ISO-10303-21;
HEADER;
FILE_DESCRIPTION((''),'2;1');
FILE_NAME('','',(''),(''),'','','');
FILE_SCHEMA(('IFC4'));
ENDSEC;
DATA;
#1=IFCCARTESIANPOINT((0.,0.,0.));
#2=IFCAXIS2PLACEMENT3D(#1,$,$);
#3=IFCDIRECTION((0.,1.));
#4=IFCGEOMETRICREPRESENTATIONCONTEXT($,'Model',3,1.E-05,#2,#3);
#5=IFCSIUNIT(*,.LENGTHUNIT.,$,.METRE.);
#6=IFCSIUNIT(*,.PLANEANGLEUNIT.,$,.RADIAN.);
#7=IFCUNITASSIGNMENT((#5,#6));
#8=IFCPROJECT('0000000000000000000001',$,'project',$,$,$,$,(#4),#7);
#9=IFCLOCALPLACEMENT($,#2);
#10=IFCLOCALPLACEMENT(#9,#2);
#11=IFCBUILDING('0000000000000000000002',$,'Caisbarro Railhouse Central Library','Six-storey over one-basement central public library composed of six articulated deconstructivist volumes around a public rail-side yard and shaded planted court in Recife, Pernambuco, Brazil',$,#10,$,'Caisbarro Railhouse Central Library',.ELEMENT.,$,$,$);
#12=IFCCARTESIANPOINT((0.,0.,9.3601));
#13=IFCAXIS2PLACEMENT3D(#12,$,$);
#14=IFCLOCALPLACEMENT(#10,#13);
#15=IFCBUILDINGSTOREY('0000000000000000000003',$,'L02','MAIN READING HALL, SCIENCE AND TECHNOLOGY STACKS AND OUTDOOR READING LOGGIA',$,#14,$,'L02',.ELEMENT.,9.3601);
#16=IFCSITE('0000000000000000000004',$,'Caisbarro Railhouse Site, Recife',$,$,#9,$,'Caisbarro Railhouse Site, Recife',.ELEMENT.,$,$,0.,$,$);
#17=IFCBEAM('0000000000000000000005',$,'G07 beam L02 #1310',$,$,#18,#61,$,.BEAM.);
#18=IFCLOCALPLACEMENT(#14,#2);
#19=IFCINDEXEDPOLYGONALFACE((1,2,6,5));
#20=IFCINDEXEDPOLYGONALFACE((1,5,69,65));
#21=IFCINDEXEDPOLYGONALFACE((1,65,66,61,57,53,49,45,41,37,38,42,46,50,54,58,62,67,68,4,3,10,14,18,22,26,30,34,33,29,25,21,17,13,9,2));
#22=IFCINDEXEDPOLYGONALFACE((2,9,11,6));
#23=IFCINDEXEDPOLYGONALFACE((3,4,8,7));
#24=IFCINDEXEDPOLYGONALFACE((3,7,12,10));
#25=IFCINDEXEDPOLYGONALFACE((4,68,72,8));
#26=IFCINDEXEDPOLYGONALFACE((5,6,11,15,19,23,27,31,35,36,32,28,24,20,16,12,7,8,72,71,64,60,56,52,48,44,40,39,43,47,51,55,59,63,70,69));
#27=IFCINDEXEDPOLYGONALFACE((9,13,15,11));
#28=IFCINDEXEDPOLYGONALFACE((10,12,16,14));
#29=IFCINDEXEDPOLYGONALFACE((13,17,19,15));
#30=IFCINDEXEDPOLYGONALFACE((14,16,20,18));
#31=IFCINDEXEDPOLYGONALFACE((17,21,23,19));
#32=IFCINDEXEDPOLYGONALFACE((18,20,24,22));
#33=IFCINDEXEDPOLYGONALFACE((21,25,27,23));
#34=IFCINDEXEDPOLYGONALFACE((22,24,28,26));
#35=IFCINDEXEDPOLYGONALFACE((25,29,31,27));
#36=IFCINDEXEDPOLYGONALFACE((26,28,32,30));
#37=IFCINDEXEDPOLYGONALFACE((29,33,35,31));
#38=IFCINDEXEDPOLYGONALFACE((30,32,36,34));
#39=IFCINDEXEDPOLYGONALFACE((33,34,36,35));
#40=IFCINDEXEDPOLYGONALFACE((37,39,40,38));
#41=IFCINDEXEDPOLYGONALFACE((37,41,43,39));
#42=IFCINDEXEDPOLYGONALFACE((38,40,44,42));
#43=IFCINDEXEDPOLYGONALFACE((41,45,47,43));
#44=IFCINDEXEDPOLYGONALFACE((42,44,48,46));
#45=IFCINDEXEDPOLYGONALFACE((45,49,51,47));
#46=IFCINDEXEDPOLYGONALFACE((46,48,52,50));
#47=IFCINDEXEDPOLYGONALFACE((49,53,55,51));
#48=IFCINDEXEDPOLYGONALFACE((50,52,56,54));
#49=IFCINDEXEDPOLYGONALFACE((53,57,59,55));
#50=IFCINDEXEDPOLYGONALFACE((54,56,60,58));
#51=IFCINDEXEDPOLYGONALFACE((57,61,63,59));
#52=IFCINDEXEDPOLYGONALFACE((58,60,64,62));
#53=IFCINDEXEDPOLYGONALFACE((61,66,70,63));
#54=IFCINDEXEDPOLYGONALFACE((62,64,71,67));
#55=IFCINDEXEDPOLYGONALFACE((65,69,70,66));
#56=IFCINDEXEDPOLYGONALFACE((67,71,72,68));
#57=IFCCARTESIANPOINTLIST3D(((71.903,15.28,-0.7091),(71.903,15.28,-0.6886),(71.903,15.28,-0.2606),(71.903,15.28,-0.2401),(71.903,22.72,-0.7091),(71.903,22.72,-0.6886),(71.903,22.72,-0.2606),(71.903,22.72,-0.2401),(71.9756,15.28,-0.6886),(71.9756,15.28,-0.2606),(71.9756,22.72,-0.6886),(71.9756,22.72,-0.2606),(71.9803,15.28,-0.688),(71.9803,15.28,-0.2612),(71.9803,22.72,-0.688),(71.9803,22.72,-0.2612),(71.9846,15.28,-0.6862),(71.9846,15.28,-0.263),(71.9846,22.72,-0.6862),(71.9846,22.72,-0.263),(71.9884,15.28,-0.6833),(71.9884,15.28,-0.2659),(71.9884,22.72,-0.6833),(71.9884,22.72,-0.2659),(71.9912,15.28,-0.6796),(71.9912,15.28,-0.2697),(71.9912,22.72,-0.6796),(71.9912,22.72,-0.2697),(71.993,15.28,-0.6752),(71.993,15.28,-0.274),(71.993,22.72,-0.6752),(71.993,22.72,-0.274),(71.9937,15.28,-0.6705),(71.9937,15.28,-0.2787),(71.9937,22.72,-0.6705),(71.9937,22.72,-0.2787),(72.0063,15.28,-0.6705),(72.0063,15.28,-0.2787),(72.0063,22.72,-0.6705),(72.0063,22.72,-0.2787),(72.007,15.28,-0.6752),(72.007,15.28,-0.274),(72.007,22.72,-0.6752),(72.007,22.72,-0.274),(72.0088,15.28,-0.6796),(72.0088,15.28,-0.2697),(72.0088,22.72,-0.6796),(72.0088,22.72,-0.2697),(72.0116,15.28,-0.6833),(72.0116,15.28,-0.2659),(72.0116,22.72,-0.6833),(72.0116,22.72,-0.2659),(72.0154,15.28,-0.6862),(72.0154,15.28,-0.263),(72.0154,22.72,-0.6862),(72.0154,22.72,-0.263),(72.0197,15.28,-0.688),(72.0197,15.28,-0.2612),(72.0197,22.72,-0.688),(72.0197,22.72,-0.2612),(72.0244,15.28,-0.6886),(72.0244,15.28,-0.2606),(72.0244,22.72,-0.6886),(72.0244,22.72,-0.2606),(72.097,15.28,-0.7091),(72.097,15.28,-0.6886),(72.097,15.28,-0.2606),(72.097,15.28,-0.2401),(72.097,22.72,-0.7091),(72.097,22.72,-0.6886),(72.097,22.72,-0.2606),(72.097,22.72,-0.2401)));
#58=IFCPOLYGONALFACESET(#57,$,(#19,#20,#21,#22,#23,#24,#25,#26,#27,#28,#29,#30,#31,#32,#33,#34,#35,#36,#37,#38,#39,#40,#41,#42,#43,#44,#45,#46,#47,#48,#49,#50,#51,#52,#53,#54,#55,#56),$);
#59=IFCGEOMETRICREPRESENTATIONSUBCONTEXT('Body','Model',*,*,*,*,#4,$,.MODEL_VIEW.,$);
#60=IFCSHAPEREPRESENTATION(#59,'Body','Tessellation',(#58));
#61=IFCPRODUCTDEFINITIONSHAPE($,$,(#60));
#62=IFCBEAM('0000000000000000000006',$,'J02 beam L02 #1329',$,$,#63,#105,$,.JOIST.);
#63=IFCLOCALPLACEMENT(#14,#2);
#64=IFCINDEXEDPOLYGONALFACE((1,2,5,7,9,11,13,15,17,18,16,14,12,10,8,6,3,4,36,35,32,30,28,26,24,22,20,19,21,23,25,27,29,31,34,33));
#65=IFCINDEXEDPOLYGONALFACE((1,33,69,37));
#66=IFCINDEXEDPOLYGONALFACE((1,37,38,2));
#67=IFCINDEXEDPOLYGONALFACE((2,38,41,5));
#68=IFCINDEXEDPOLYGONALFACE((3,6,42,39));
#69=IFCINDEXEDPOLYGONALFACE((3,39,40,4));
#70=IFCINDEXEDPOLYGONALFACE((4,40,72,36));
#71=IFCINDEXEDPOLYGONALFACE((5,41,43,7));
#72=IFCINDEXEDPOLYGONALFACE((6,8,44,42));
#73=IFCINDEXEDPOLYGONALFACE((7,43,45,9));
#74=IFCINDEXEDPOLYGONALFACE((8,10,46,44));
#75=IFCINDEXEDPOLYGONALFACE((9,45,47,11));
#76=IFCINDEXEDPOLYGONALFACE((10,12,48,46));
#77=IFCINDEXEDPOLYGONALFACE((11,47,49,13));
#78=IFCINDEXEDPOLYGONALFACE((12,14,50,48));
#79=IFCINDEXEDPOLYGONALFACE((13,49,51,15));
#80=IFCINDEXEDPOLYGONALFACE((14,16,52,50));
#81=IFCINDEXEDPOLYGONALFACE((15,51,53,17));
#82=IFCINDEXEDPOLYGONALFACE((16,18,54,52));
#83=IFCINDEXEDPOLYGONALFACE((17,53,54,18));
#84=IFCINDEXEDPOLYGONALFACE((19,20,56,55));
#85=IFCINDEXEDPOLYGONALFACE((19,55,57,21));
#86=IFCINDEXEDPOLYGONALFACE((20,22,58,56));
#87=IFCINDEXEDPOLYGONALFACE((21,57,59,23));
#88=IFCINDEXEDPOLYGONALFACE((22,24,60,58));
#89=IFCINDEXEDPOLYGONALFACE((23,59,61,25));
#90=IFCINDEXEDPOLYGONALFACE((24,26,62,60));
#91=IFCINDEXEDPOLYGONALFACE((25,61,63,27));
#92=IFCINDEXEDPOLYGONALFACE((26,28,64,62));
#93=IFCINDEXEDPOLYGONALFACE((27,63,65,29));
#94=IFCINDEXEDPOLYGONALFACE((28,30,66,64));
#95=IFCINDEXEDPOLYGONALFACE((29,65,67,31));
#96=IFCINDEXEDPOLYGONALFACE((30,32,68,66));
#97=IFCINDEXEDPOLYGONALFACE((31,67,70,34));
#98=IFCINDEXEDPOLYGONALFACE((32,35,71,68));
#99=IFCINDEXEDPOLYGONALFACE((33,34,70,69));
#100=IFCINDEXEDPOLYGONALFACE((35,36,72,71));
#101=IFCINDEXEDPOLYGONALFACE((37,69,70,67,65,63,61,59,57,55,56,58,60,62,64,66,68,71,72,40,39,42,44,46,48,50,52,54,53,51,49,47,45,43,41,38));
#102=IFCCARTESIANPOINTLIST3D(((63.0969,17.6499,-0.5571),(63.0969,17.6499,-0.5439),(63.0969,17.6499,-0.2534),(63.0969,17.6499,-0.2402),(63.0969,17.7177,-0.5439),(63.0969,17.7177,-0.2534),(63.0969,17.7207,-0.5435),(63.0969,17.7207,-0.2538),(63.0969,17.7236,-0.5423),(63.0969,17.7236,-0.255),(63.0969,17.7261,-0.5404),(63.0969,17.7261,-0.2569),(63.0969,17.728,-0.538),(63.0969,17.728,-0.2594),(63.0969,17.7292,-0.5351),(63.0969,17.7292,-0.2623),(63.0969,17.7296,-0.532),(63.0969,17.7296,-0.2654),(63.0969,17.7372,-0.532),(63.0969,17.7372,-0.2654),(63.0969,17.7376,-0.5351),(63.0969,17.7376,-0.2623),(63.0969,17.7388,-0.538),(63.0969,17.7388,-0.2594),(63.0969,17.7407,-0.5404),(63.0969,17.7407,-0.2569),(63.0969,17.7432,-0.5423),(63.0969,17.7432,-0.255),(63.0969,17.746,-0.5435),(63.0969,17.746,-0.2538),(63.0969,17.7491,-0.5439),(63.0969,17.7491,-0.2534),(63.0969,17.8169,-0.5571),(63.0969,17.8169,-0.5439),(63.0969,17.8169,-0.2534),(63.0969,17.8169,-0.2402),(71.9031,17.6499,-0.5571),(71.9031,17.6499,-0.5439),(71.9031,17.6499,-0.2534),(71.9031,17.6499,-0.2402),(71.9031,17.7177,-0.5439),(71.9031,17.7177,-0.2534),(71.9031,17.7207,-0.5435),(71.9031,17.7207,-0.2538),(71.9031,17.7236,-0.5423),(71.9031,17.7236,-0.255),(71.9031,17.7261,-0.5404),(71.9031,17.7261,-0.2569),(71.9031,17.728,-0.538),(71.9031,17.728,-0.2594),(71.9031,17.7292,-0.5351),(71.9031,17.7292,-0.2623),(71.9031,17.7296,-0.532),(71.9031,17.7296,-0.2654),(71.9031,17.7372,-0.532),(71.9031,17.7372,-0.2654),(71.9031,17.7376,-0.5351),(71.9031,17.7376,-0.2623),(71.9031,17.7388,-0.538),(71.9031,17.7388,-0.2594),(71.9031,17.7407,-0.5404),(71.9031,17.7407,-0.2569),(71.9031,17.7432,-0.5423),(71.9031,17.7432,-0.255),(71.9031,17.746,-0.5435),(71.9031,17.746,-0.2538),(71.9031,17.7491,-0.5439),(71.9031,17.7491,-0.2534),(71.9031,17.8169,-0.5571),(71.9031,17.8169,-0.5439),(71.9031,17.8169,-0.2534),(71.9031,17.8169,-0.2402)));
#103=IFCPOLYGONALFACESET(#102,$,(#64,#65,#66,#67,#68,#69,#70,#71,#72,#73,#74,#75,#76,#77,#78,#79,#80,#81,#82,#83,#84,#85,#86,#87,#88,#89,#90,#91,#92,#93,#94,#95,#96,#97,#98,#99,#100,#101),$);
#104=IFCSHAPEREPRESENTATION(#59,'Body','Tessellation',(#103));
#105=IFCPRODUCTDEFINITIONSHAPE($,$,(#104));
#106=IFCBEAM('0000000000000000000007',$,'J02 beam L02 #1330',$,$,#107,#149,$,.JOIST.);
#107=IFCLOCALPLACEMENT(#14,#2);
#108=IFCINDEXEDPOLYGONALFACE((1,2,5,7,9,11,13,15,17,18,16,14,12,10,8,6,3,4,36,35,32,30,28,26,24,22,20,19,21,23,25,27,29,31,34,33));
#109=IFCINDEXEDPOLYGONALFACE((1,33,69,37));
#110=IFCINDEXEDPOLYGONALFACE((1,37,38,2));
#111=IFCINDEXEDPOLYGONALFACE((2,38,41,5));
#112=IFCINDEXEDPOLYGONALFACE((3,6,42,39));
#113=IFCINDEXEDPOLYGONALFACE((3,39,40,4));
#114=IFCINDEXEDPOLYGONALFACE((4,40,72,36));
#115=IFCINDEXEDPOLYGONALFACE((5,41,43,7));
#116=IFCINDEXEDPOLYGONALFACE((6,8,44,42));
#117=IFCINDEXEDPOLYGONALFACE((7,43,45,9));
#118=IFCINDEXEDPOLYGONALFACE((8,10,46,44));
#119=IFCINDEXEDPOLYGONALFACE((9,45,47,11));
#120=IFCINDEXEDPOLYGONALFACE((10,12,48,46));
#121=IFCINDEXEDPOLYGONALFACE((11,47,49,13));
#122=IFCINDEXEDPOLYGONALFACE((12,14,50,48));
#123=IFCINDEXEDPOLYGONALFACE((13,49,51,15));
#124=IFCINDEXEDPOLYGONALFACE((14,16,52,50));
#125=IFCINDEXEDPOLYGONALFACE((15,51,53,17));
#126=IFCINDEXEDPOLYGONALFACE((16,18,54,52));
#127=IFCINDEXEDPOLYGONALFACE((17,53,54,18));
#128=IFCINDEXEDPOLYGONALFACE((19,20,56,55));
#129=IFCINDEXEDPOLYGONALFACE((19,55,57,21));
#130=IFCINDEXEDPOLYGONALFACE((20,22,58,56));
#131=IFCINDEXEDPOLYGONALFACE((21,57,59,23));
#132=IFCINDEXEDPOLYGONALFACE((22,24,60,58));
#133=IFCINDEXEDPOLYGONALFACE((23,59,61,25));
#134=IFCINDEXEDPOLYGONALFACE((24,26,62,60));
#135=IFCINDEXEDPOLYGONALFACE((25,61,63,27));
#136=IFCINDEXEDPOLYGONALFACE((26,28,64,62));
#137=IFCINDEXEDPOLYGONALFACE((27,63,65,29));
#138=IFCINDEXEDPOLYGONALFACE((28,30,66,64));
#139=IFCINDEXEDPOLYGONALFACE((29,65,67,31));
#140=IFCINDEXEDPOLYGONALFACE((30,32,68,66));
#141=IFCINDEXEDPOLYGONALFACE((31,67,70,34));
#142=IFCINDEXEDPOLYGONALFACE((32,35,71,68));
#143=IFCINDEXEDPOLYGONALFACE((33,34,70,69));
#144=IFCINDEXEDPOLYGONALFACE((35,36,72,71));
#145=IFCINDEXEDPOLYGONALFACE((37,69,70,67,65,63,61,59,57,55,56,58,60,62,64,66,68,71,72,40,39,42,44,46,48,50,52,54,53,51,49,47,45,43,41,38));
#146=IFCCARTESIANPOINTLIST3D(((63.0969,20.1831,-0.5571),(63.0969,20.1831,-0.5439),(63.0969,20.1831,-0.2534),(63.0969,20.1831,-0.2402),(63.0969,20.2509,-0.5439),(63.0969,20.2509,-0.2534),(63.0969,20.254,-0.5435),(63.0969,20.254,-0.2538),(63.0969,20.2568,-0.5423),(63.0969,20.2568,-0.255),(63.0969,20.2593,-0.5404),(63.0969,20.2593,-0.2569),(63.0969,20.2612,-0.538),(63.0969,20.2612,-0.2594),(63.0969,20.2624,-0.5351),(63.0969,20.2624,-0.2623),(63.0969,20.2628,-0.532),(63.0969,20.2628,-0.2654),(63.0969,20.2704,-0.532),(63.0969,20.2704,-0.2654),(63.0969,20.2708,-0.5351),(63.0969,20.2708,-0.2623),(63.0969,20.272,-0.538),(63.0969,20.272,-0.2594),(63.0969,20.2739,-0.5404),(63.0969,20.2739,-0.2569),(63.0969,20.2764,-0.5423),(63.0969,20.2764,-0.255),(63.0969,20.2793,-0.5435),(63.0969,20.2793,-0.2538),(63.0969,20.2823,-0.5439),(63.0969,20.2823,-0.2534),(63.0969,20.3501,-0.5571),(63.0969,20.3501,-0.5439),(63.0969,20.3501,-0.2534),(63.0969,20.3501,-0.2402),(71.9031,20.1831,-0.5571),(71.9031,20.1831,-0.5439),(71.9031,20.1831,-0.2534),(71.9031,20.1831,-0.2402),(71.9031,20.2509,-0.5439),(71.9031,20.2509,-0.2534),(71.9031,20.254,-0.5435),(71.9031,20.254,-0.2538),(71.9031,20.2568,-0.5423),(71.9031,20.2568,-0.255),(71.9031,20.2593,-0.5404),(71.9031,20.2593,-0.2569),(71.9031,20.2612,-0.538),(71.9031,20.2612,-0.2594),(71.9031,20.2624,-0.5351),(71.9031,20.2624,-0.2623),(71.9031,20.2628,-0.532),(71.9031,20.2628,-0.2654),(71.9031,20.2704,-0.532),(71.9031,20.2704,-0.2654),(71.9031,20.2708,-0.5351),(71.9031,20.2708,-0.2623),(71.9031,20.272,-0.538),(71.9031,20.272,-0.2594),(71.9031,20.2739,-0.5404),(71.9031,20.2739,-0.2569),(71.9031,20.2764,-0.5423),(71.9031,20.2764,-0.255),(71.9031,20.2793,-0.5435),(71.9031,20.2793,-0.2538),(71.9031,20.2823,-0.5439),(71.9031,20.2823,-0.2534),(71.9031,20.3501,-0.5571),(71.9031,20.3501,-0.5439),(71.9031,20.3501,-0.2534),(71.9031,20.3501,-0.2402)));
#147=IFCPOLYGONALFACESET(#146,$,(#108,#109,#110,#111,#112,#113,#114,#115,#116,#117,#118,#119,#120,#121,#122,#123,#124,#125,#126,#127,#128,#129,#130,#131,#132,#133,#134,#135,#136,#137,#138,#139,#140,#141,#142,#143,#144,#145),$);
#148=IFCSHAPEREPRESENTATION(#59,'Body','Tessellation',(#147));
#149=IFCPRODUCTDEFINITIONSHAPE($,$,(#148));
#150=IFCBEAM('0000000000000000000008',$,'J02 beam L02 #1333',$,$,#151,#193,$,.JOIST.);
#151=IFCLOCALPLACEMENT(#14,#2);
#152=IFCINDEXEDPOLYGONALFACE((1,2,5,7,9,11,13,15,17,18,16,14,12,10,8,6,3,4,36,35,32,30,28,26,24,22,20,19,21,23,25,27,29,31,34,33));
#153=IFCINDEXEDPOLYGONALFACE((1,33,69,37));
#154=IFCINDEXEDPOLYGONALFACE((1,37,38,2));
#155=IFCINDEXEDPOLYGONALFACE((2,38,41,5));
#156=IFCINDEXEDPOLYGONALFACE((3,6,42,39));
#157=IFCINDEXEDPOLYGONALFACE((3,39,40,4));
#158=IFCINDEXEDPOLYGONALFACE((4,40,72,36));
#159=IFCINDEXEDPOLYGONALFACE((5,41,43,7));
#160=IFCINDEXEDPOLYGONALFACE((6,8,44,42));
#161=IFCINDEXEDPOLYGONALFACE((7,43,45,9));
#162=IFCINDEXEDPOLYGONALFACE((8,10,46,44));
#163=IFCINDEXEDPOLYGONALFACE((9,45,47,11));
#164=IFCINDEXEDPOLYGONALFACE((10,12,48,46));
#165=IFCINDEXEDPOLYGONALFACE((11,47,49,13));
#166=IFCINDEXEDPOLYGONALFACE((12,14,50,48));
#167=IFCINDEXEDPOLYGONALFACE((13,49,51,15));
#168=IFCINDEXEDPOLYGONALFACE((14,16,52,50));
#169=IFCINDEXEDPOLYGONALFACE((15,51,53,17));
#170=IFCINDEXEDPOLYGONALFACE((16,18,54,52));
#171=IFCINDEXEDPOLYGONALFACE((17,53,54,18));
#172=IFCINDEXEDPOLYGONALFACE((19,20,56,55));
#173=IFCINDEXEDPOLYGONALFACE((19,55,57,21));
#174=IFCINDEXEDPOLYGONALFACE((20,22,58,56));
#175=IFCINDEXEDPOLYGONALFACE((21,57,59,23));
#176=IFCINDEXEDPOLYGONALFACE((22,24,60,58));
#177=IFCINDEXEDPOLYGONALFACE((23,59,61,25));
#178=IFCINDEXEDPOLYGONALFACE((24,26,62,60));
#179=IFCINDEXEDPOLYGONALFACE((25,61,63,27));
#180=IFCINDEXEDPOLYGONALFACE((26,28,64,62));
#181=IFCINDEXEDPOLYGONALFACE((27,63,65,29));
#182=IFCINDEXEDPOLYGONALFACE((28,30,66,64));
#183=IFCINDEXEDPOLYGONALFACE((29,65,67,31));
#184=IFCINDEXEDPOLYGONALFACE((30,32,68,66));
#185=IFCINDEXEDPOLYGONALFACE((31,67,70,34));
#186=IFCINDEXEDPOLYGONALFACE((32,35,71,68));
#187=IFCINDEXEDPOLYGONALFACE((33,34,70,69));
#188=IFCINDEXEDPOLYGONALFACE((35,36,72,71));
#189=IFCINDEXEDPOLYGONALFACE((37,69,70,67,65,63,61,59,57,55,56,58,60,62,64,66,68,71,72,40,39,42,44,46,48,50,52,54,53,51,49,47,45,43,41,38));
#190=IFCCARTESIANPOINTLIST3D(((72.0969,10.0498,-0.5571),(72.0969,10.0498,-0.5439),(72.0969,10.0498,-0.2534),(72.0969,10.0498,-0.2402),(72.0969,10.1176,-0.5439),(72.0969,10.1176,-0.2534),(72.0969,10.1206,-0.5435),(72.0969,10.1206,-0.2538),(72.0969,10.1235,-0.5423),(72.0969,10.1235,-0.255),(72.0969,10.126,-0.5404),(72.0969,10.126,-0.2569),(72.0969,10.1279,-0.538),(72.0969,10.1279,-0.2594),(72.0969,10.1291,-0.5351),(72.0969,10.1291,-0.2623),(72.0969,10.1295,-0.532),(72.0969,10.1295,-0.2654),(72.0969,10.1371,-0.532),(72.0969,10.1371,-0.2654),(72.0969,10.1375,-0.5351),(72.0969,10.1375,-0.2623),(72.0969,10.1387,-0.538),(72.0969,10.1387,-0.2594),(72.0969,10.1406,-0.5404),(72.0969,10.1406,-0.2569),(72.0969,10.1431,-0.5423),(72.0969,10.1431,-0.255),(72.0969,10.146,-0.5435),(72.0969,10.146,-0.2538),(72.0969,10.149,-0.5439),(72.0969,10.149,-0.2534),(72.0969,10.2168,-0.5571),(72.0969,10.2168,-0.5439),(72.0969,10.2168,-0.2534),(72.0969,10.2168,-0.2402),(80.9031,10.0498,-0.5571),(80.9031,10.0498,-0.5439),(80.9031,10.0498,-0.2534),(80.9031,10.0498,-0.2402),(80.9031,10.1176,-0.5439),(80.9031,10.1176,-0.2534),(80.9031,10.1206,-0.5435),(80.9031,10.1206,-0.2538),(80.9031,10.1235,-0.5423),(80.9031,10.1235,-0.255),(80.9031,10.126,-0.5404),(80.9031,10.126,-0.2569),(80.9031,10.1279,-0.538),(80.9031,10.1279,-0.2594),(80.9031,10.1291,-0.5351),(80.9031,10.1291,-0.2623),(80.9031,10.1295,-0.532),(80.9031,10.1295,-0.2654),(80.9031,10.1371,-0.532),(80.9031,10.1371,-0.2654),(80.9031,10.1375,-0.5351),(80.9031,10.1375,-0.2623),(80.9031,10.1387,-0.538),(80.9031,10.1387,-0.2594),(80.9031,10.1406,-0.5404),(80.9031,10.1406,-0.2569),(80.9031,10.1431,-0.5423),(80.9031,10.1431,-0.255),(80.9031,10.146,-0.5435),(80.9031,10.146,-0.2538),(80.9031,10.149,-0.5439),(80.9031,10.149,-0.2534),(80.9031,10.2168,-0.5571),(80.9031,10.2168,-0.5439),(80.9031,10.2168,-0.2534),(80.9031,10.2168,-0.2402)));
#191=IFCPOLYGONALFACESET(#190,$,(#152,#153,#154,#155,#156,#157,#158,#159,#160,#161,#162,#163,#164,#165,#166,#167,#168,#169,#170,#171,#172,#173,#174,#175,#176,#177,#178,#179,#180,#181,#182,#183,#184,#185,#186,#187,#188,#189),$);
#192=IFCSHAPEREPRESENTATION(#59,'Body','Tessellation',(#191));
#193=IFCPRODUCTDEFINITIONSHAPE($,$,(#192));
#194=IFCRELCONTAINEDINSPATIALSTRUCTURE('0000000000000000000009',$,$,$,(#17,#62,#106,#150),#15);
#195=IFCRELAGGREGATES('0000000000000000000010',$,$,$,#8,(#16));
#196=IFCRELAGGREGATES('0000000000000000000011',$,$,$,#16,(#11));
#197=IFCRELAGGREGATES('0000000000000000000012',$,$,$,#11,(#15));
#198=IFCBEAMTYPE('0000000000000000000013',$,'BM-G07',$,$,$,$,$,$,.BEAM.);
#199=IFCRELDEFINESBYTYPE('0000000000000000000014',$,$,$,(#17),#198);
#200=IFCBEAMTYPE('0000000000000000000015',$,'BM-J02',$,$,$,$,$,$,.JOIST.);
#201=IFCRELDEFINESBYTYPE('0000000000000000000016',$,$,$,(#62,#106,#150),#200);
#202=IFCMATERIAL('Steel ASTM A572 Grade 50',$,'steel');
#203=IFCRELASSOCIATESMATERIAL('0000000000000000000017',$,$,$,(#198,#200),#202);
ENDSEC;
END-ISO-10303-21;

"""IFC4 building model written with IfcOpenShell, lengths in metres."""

from ifc_helpers import new_model, si_unit, direction, frame, origin, origin_2d, place, context, subcontext, project, spatial, i_section, extrude, material, material_profile, profile_set, type_object, element, save


model = new_model("IFC4")

# Units and contexts
model_context = context("Model", 3, precision=1e-05, world=origin(), true_north=direction((0.0, 1.0)))
body_context = subcontext(model_context, "Body", "Model", "MODEL_VIEW")
ifc_project = project(units=[si_unit("LENGTHUNIT", "METRE"), si_unit("PLANEANGLEUNIT", "RADIAN")], contexts=[model_context])

# Site, building, storey
site_placement = place(None, origin())
site = spatial("IfcSite", under=ifc_project, at=site_placement, Name="Caisbarro Railhouse Site, Recife", LongName="Caisbarro Railhouse Site, Recife", CompositionType="ELEMENT", RefElevation=0.0)
building_placement = place(site_placement, origin())
building = spatial("IfcBuilding", under=site, at=building_placement, Name="Caisbarro Railhouse Central Library", Description="Six-storey over one-basement central public library composed of six articulated deconstructivist volumes around a public rail-side yard and shaded planted court in Recife, Pernambuco, Brazil", LongName="Caisbarro Railhouse Central Library", CompositionType="ELEMENT")
storey_placement = place(building_placement, frame((0.0, 0.0, 9.3601)))
storey = spatial("IfcBuildingStorey", under=building, at=storey_placement, Name="L02", Description="MAIN READING HALL, SCIENCE AND TECHNOLOGY STACKS AND OUTDOOR READING LOGGIA", LongName="L02", CompositionType="ELEMENT", Elevation=9.3601)

# Shared definitions
ifc_material_1 = material(Name="Steel ASTM A572 Grade 50", Category="steel")

# Beams
ifc_material_profile_1 = material_profile(ifc_material_1, i_section(OverallWidth=0.1941, OverallDepth=0.469, WebThickness=0.0127, FlangeThickness=0.0205, FilletRadius=0.0181, at=origin_2d()), Name="W460X106.0")
ifc_profile_set_1 = profile_set([ifc_material_profile_1], Name="Steel ASTM A572 Grade 50")
beam_type_1 = type_object("IfcBeamType", Name="BM-G07", PredefinedType="BEAM", material=ifc_profile_set_1)
beam_1_placement = place(storey_placement, frame((72.0, 15.28, -0.4746), z_axis=(0.0, 1.0, 0.0), x_axis=(-1.0, 0.0, 0.0)))
element("IfcBeam", 1, at=beam_1_placement, inside=storey, type_object=beam_type_1, Name="G07 beam L02 #1310", PredefinedType="BEAM", context=body_context, shape_type="SweptSolid", body=[
    extrude(i_section(OverallWidth=0.1941, OverallDepth=0.469, WebThickness=0.0127, FlangeThickness=0.0205, FilletRadius=0.0181, at=origin_2d()), origin(), (0.0, 0.0, 1.0), 7.4399),
])
ifc_material_profile_2 = material_profile(ifc_material_1, i_section(OverallWidth=0.167, OverallDepth=0.3169, WebThickness=0.0076, FlangeThickness=0.0132, FilletRadius=0.012, at=origin_2d()), Name="W310X52.0")
ifc_profile_set_2 = profile_set([ifc_material_profile_2], Name="Steel ASTM A572 Grade 50")
beam_type_2 = type_object("IfcBeamType", Name="BM-J02", PredefinedType="JOIST", material=ifc_profile_set_2)
for number, where, z_axis, x_axis, name in (
    (2, (63.0969, 17.7334, -0.3987), (1.0, 0.0, 0.0), (0.0, 1.0, 0.0), "J02 beam L02 #1329"),
    (3, (63.0969, 20.2666, -0.3987), (1.0, 0.0, 0.0), (0.0, 1.0, 0.0), "J02 beam L02 #1330"),
    (4, (72.0969, 10.1333, -0.3987), (1.0, 0.0, 0.0), (0.0, 1.0, 0.0), "J02 beam L02 #1333"),
):
    element("IfcBeam", number, at=place(storey_placement, frame(where, z_axis=z_axis, x_axis=x_axis)), inside=storey, type_object=beam_type_2, Name=name, PredefinedType="JOIST", context=body_context, shape_type="SweptSolid", body=[
        extrude(i_section(OverallWidth=0.167, OverallDepth=0.3169, WebThickness=0.0076, FlangeThickness=0.0132, FilletRadius=0.012, at=origin_2d()), origin(), (0.0, 0.0, 1.0), 8.8062),
    ])

save(model, "model.ifc")
